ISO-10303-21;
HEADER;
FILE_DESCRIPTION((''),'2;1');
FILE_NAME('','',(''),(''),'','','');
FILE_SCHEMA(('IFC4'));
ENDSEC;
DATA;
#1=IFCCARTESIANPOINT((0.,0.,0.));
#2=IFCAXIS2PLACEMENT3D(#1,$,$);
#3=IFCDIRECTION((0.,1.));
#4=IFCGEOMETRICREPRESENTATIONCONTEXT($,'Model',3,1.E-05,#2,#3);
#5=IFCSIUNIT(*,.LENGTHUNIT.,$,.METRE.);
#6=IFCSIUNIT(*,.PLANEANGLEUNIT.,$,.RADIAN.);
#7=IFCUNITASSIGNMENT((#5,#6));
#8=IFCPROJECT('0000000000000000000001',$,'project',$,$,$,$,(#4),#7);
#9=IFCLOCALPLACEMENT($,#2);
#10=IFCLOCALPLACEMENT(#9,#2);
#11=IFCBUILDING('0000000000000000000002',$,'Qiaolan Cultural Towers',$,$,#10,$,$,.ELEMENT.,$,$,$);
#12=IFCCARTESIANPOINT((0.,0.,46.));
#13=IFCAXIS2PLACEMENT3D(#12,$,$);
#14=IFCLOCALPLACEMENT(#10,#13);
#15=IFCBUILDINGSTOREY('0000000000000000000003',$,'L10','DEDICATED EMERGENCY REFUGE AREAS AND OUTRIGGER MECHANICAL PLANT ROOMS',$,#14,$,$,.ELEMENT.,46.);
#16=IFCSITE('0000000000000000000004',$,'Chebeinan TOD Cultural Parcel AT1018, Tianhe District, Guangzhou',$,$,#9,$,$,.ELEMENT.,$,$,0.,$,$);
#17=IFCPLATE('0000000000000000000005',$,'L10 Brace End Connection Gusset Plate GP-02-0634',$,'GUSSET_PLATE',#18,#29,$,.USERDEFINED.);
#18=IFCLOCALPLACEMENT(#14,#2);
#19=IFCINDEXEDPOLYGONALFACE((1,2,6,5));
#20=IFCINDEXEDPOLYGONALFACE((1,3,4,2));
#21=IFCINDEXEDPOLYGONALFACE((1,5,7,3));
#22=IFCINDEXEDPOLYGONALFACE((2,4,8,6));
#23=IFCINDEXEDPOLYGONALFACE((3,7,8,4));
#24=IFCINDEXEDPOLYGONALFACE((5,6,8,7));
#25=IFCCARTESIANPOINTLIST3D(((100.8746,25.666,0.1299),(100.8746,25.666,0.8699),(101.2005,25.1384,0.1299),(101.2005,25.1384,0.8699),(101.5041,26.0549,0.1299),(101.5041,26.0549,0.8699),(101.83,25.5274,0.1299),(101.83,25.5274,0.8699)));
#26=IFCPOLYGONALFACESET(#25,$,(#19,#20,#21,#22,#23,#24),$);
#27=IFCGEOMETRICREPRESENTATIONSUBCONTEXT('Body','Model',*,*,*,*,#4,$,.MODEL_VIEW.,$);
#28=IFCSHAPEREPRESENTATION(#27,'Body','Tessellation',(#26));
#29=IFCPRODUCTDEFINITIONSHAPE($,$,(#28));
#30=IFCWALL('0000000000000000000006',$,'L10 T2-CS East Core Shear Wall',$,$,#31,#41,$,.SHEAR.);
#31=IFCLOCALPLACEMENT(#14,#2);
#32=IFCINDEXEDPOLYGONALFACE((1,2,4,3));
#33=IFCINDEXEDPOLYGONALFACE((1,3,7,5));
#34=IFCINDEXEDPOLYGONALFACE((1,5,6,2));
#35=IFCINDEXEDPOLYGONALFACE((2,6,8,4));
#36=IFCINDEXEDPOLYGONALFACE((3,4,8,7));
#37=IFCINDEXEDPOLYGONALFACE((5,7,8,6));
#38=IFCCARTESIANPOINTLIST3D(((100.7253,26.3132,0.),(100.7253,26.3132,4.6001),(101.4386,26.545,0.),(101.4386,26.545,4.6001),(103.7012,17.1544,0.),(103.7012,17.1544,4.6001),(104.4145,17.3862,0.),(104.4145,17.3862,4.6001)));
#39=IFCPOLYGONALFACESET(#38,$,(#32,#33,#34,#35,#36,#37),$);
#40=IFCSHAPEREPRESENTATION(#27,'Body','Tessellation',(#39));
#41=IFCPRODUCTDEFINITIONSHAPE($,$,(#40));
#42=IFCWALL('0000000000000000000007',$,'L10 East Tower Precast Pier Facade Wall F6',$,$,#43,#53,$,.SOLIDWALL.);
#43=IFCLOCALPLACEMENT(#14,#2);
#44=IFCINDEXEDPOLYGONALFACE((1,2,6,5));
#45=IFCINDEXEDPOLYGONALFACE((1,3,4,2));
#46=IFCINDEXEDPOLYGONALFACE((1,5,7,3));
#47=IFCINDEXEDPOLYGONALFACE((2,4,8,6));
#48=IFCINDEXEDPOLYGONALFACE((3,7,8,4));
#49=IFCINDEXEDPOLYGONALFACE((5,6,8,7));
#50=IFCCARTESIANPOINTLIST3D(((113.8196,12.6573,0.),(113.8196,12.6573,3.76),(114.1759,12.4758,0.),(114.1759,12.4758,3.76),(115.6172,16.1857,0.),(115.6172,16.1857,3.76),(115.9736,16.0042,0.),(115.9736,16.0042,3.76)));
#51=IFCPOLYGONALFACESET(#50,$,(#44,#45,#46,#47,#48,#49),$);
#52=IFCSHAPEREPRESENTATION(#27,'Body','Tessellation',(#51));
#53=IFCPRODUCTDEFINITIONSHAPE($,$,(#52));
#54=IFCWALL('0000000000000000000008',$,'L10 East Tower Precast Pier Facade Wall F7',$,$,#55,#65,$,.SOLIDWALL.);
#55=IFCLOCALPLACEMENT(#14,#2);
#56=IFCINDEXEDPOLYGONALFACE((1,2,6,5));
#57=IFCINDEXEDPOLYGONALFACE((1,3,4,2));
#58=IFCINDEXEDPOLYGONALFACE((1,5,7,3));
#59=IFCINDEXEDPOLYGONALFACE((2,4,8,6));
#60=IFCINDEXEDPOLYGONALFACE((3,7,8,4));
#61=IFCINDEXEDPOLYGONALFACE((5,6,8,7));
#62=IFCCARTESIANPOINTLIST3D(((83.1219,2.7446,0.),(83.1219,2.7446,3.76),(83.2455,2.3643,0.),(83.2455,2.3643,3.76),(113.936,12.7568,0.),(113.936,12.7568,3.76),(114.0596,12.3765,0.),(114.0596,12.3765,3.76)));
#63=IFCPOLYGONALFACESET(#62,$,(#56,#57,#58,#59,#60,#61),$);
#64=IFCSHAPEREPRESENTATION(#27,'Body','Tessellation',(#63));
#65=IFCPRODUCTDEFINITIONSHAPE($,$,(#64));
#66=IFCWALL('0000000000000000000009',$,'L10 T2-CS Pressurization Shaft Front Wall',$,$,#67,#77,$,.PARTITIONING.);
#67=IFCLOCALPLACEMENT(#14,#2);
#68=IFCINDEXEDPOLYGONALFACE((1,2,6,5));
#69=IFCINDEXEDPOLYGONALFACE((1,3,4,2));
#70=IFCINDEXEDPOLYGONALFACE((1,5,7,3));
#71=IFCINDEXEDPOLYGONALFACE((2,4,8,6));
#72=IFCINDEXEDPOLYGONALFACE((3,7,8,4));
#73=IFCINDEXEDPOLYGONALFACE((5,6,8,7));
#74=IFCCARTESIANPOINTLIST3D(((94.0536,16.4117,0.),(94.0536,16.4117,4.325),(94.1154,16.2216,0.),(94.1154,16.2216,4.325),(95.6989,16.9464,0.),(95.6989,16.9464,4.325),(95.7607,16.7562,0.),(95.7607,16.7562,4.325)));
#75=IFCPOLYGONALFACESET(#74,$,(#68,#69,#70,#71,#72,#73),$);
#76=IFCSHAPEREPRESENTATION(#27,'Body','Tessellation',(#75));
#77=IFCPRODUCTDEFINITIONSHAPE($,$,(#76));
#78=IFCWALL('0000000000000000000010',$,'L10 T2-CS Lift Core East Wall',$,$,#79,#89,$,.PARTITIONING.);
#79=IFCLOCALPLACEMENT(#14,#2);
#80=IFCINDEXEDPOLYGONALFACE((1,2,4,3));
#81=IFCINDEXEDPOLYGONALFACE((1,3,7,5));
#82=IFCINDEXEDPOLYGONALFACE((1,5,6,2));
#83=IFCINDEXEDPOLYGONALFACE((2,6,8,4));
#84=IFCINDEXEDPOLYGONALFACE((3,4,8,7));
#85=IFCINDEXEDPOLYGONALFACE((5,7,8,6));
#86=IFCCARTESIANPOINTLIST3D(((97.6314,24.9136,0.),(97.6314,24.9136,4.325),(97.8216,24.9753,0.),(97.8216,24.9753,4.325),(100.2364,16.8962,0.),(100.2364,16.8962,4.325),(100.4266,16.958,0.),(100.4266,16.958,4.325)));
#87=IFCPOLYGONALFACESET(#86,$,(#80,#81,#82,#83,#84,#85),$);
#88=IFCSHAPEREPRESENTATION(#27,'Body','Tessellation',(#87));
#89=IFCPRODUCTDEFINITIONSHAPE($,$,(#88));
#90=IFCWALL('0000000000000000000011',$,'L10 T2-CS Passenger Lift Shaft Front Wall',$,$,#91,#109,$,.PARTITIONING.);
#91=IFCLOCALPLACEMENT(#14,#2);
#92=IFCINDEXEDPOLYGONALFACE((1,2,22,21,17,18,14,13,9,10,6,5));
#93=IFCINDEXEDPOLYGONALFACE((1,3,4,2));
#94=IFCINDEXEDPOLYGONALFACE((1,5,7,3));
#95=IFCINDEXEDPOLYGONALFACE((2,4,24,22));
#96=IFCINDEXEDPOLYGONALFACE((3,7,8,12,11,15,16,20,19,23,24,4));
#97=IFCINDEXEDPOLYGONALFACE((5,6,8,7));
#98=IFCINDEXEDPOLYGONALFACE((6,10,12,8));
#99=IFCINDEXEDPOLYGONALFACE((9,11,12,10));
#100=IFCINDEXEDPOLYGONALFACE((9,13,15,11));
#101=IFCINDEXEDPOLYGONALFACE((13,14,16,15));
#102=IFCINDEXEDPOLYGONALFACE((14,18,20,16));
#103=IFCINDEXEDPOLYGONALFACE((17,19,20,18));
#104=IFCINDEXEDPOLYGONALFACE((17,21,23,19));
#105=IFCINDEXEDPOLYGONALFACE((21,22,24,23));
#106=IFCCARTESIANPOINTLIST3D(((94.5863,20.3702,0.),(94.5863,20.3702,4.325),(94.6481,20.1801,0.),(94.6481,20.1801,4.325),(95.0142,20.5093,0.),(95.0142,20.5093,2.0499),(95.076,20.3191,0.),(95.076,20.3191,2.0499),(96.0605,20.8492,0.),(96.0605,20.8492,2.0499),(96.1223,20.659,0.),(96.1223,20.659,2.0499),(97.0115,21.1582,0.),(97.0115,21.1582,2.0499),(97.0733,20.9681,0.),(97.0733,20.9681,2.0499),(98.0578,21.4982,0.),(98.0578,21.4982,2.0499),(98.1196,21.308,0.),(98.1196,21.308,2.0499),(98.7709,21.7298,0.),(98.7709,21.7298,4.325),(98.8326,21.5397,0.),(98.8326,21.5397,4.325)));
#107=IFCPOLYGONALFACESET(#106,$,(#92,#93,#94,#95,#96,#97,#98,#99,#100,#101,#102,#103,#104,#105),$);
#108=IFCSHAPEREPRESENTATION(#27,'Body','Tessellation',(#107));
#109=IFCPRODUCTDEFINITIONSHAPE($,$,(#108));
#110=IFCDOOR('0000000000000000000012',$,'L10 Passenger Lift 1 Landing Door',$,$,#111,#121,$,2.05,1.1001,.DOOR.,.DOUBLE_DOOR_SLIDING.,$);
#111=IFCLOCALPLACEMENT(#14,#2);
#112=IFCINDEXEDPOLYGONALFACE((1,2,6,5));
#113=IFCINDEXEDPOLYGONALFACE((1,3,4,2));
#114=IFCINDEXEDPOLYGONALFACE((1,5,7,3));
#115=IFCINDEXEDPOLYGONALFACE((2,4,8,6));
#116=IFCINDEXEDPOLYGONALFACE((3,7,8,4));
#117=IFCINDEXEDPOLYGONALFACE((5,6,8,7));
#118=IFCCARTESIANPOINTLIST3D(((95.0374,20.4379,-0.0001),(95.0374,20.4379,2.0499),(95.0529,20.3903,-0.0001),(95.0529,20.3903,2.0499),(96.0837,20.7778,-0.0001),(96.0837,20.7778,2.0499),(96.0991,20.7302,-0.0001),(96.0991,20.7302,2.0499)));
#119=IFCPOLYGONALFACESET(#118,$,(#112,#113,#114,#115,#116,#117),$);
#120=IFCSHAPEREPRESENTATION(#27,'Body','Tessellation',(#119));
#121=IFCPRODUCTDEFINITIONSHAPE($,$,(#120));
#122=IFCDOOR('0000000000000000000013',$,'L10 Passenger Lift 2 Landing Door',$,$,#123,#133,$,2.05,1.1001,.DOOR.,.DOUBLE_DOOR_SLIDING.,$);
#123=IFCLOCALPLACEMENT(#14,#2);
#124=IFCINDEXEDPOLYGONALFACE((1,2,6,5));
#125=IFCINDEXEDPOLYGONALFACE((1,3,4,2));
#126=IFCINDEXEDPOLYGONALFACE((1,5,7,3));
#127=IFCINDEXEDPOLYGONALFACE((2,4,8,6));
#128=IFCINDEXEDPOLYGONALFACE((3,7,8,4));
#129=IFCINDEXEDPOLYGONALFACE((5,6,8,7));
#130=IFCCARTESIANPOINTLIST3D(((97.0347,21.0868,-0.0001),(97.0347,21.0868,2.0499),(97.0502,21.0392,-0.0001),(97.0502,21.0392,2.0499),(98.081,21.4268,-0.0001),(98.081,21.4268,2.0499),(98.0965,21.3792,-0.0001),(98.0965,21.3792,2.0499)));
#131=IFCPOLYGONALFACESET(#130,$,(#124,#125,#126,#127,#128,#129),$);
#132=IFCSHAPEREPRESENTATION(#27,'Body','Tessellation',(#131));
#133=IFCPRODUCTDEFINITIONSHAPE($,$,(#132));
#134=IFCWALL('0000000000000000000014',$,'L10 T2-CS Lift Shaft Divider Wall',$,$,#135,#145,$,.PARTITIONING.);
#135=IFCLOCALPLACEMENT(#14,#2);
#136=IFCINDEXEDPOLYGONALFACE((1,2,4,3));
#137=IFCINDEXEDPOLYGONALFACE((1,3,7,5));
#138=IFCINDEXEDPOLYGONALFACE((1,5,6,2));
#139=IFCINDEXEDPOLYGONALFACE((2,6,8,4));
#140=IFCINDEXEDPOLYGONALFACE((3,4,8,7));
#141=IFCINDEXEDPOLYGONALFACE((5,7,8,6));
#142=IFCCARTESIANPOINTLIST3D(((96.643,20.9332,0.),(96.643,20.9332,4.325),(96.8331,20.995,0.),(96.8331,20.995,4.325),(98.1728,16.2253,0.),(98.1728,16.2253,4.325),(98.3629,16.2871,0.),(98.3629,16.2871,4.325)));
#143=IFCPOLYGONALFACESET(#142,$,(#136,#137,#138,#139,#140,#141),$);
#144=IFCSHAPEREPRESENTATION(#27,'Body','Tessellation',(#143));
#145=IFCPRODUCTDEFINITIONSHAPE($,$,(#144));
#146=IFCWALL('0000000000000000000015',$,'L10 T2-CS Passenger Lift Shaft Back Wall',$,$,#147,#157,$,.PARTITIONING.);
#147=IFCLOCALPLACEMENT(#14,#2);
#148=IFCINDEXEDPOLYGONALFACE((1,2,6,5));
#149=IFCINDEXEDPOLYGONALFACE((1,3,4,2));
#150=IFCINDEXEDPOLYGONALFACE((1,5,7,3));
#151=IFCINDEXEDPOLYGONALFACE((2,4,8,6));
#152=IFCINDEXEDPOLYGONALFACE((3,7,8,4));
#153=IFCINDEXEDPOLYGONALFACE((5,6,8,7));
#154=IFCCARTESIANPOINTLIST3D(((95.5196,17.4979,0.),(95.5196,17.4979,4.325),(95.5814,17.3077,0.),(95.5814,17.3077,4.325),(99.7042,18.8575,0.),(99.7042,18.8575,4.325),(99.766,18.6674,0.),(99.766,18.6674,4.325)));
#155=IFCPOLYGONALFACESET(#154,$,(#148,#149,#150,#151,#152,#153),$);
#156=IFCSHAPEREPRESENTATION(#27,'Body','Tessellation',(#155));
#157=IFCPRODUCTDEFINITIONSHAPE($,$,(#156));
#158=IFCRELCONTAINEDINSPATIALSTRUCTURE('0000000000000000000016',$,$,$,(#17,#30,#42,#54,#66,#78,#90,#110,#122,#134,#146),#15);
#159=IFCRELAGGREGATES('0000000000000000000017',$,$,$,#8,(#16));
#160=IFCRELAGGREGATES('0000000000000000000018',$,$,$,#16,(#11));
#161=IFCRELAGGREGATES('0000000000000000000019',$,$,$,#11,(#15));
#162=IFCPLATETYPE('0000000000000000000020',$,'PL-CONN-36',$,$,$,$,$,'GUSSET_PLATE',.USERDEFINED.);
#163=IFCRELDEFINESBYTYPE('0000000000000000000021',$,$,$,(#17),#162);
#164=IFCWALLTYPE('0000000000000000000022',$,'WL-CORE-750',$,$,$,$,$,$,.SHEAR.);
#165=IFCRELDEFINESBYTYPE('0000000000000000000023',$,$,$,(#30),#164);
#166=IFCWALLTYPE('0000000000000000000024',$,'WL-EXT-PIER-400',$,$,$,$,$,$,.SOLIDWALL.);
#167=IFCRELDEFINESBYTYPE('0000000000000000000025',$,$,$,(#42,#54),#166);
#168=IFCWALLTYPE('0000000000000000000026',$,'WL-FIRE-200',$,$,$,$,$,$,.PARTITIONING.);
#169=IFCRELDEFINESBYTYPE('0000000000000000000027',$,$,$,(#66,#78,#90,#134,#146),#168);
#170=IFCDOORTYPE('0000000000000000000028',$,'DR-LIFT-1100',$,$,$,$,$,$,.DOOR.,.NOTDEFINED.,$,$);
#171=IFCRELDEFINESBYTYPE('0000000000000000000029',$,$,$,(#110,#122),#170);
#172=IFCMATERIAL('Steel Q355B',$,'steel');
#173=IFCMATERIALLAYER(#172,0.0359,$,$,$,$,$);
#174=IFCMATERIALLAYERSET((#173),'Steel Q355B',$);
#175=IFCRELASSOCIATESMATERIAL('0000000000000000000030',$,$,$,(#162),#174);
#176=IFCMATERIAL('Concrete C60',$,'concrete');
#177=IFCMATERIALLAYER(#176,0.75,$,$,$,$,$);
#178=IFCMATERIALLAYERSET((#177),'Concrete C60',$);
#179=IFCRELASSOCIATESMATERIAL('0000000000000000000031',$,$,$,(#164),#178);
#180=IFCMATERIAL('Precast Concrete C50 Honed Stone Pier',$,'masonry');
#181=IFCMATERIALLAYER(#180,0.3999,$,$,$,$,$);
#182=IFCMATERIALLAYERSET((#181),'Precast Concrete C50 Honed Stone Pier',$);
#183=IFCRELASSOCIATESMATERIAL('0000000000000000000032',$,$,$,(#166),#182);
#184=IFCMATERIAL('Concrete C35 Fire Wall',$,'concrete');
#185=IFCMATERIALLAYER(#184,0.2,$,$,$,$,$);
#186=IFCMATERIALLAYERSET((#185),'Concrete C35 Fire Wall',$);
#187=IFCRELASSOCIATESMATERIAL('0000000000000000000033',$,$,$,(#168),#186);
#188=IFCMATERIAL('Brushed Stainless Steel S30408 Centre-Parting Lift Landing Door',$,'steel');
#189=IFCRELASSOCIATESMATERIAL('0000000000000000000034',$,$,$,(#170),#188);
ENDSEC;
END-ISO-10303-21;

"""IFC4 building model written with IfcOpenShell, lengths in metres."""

from ifc_helpers import new_model, si_unit, direction, frame, frame_2d, origin, origin_2d, place, context, subcontext, project, spatial, rectangle, extrude, material, layer, layer_set, type_object, element, fill, save


model = new_model("IFC4")

# Units and contexts
model_context = context("Model", 3, precision=1e-05, world=origin(), true_north=direction((0.0, 1.0)))
body_context = subcontext(model_context, "Body", "Model", "MODEL_VIEW")
ifc_project = project(units=[si_unit("LENGTHUNIT", "METRE"), si_unit("PLANEANGLEUNIT", "RADIAN")], contexts=[model_context])

# Site, building, storey
site_placement = place(None, origin())
site = spatial("IfcSite", under=ifc_project, at=site_placement, Name="Chebeinan TOD Cultural Parcel AT1018, Tianhe District, Guangzhou", CompositionType="ELEMENT", RefElevation=0.0)
building_placement = place(site_placement, origin())
building = spatial("IfcBuilding", under=site, at=building_placement, Name="Qiaolan Cultural Towers", CompositionType="ELEMENT")
storey_placement = place(building_placement, frame((0.0, 0.0, 46.0)))
storey = spatial("IfcBuildingStorey", under=building, at=storey_placement, Name="L10", Description="DEDICATED EMERGENCY REFUGE AREAS AND OUTRIGGER MECHANICAL PLANT ROOMS", CompositionType="ELEMENT", Elevation=46.0)

# Plate
ifc_material_1 = material(Name="Steel Q355B", Category="steel")
ifc_layer_1 = layer(ifc_material_1, 0.0359)
ifc_layer_set_1 = layer_set([ifc_layer_1], Name="Steel Q355B")
plate_type = type_object("IfcPlateType", Name="PL-CONN-36", ElementType="GUSSET_PLATE", PredefinedType="USERDEFINED", material=ifc_layer_set_1)
plate_placement = place(storey_placement, frame((101.3523, 25.5967, 0.1299), z_axis=(0.0, 0.0, 1.0), x_axis=(0.850747, 0.525575, 0.0)))
element("IfcPlate", 1, at=plate_placement, inside=storey, type_object=plate_type, Name="L10 Brace End Connection Gusset Plate GP-02-0634", ObjectType="GUSSET_PLATE", PredefinedType="USERDEFINED", context=body_context, shape_type="SweptSolid", body=[
    extrude(rectangle(XDim=0.74, YDim=0.6201, at=origin_2d()), origin(), (0.0, 0.0, 1.0), 0.74),
])

# Walls
ifc_material_2 = material(Name="Concrete C60", Category="concrete")
ifc_layer_2 = layer(ifc_material_2, 0.75)
ifc_layer_set_2 = layer_set([ifc_layer_2], Name="Concrete C60")
wall_type_1 = type_object("IfcWallType", Name="WL-CORE-750", PredefinedType="SHEAR", material=ifc_layer_set_2)
wall_1_placement = place(storey_placement, frame((101.082, 26.429, 0.0), z_axis=(0.0, 0.0, 1.0), x_axis=(0.309016, -0.951057, 0.0)))
element("IfcWall", 2, at=wall_1_placement, inside=storey, type_object=wall_type_1, Name="L10 T2-CS East Core Shear Wall", PredefinedType="SHEAR", context=body_context, shape_type="SweptSolid", body=[
    extrude(rectangle(XDim=9.6301, YDim=0.75, at=frame_2d((4.8149, 0.0))), origin(), (0.0, 0.0, 1.0), 4.6001),
])
ifc_material_3 = material(Name="Precast Concrete C50 Honed Stone Pier", Category="masonry")
ifc_layer_3 = layer(ifc_material_3, 0.3999)
ifc_layer_set_3 = layer_set([ifc_layer_3], Name="Precast Concrete C50 Honed Stone Pier")
wall_type_2 = type_object("IfcWallType", Name="WL-EXT-PIER-400", PredefinedType="SOLIDWALL", material=ifc_layer_set_3)
wall_2_placement = place(storey_placement, frame((115.7954, 16.095, 0.0), z_axis=(0.0, 0.0, 1.0), x_axis=(-0.453958, -0.891023, 0.0)))
element("IfcWall", 3, at=wall_2_placement, inside=storey, type_object=wall_type_2, Name="L10 East Tower Precast Pier Facade Wall F6", PredefinedType="SOLIDWALL", context=body_context, shape_type="SweptSolid", body=[
    extrude(rectangle(XDim=3.96, YDim=0.3999, at=frame_2d((1.98, 0.0))), origin(), (0.0, 0.0, 1.0), 3.76),
])
wall_3_placement = place(storey_placement, frame((113.9978, 12.5667, 0.0), z_axis=(0.0, 0.0, 1.0), x_axis=(-0.951056, -0.309019, 0.0)))
element("IfcWall", 4, at=wall_3_placement, inside=storey, type_object=wall_type_2, Name="L10 East Tower Precast Pier Facade Wall F7", PredefinedType="SOLIDWALL", context=body_context, shape_type="SweptSolid", body=[
    extrude(rectangle(XDim=32.3999, YDim=0.3999, at=frame_2d((16.2, 0.0))), origin(), (0.0, 0.0, 1.0), 3.76),
])
ifc_material_4 = material(Name="Concrete C35 Fire Wall", Category="concrete")
ifc_layer_4 = layer(ifc_material_4, 0.2)
ifc_layer_set_4 = layer_set([ifc_layer_4], Name="Concrete C35 Fire Wall")
wall_type_3 = type_object("IfcWallType", Name="WL-FIRE-200", PredefinedType="PARTITIONING", material=ifc_layer_set_4)
wall_4_placement = place(storey_placement, frame((94.0845, 16.3167, 0.0), z_axis=(0.0, 0.0, 1.0), x_axis=(0.951041, 0.309064, 0.0)))
element("IfcWall", 5, at=wall_4_placement, inside=storey, type_object=wall_type_3, Name="L10 T2-CS Pressurization Shaft Front Wall", PredefinedType="PARTITIONING", context=body_context, shape_type="SweptSolid", body=[
    extrude(rectangle(XDim=1.73, YDim=0.2, at=frame_2d((0.865, 0.0))), origin(), (0.0, 0.0, 1.0), 4.325),
])
wall_5_placement = place(storey_placement, frame((97.7266, 24.9443, 0.0), z_axis=(0.0, 0.0, 1.0), x_axis=(0.309016, -0.951057, 0.0)))
element("IfcWall", 6, at=wall_5_placement, inside=storey, type_object=wall_type_3, Name="L10 T2-CS Lift Core East Wall", PredefinedType="PARTITIONING", context=body_context, shape_type="SweptSolid", body=[
    extrude(rectangle(XDim=8.4299, YDim=0.2, at=frame_2d((4.2148, 0.0))), origin(), (0.0, 0.0, 1.0), 4.325),
])

# Wall, openings, doors
wall_6_placement = place(storey_placement, frame((94.6172, 20.2751, 0.0), z_axis=(0.0, 0.0, 1.0), x_axis=(0.951059, 0.309011, 0.0)))
wall_6 = element("IfcWall", 7, at=wall_6_placement, inside=storey, type_object=wall_type_3, Name="L10 T2-CS Passenger Lift Shaft Front Wall", PredefinedType="PARTITIONING", context=body_context, shape_type="SweptSolid", body=[
    extrude(rectangle(XDim=4.3999, YDim=0.2, at=frame_2d((2.2, 0.0))), origin(), (0.0, 0.0, 1.0), 4.325),
])
opening_1_placement = place(wall_6_placement, frame((0.45, 0.0, 0.0)))
opening_1 = element("IfcOpeningElement", 8, at=opening_1_placement, cuts=wall_6, PredefinedType="OPENING", context=body_context, shape_type="SweptSolid", body=[
    extrude(rectangle(XDim=1.1001, YDim=2.05, at=frame_2d((0.55, 1.0249))), frame((0.0, 0.1099, 0.0), z_axis=(0.0, -1.0, 0.0), x_axis=(1.0, 0.0, 0.0)), (0.0, 0.0, 1.0), 0.22),
])
opening_2_placement = place(wall_6_placement, frame((2.55, 0.0, 0.0)))
opening_2 = element("IfcOpeningElement", 9, at=opening_2_placement, cuts=wall_6, PredefinedType="OPENING", context=body_context, shape_type="SweptSolid", body=[
    extrude(rectangle(XDim=1.1001, YDim=2.05, at=frame_2d((0.55, 1.0249))), frame((0.0, 0.1099, 0.0), z_axis=(0.0, -1.0, 0.0), x_axis=(1.0, 0.0, 0.0)), (0.0, 0.0, 1.0), 0.22),
])
ifc_material_5 = material(Name="Brushed Stainless Steel S30408 Centre-Parting Lift Landing Door", Category="steel")
door_type_1 = type_object("IfcDoorType", Name="DR-LIFT-1100", OperationType="NOTDEFINED", PredefinedType="DOOR", material=ifc_material_5)
door_1_placement = place(opening_1_placement, origin())
door_1 = element("IfcDoor", 10, at=door_1_placement, inside=storey, type_object=door_type_1, Name="L10 Passenger Lift 1 Landing Door", OperationType="DOUBLE_DOOR_SLIDING", OverallHeight=2.05, OverallWidth=1.1001, PredefinedType="DOOR", context=body_context, shape_type="SweptSolid", body=[
    extrude(rectangle(XDim=1.1001, YDim=2.05, at=frame_2d((0.55, 1.0249))), frame((0.0, 0.0249, 0.0), z_axis=(0.0, -1.0, 0.0), x_axis=(1.0, 0.0, 0.0)), (0.0, 0.0, 1.0), 0.05),
])
fill(opening_1, door_1)
door_2_placement = place(opening_2_placement, origin())
door_2 = element("IfcDoor", 11, at=door_2_placement, inside=storey, type_object=door_type_1, Name="L10 Passenger Lift 2 Landing Door", OperationType="DOUBLE_DOOR_SLIDING", OverallHeight=2.05, OverallWidth=1.1001, PredefinedType="DOOR", context=body_context, shape_type="SweptSolid", body=[
    extrude(rectangle(XDim=1.1001, YDim=2.05, at=frame_2d((0.55, 1.0249))), frame((0.0, 0.0249, 0.0), z_axis=(0.0, -1.0, 0.0), x_axis=(1.0, 0.0, 0.0)), (0.0, 0.0, 1.0), 0.05),
])
fill(opening_2, door_2)

# Walls
wall_7_placement = place(storey_placement, frame((96.738, 20.9641, 0.0), z_axis=(0.0, 0.0, 1.0), x_axis=(0.309043, -0.951048, 0.0)))
element("IfcWall", 12, at=wall_7_placement, inside=storey, type_object=wall_type_3, Name="L10 T2-CS Lift Shaft Divider Wall", PredefinedType="PARTITIONING", context=body_context, shape_type="SweptSolid", body=[
    extrude(rectangle(XDim=4.9502, YDim=0.2, at=frame_2d((2.4751, 0.0))), origin(), (0.0, 0.0, 1.0), 4.325),
])
wall_8_placement = place(storey_placement, frame((95.5505, 17.4028, 0.0), z_axis=(0.0, 0.0, 1.0), x_axis=(0.951059, 0.309011, 0.0)))
element("IfcWall", 13, at=wall_8_placement, inside=storey, type_object=wall_type_3, Name="L10 T2-CS Passenger Lift Shaft Back Wall", PredefinedType="PARTITIONING", context=body_context, shape_type="SweptSolid", body=[
    extrude(rectangle(XDim=4.3999, YDim=0.2, at=frame_2d((2.2, 0.0))), origin(), (0.0, 0.0, 1.0), 4.325),
])

save(model, "model.ifc")
